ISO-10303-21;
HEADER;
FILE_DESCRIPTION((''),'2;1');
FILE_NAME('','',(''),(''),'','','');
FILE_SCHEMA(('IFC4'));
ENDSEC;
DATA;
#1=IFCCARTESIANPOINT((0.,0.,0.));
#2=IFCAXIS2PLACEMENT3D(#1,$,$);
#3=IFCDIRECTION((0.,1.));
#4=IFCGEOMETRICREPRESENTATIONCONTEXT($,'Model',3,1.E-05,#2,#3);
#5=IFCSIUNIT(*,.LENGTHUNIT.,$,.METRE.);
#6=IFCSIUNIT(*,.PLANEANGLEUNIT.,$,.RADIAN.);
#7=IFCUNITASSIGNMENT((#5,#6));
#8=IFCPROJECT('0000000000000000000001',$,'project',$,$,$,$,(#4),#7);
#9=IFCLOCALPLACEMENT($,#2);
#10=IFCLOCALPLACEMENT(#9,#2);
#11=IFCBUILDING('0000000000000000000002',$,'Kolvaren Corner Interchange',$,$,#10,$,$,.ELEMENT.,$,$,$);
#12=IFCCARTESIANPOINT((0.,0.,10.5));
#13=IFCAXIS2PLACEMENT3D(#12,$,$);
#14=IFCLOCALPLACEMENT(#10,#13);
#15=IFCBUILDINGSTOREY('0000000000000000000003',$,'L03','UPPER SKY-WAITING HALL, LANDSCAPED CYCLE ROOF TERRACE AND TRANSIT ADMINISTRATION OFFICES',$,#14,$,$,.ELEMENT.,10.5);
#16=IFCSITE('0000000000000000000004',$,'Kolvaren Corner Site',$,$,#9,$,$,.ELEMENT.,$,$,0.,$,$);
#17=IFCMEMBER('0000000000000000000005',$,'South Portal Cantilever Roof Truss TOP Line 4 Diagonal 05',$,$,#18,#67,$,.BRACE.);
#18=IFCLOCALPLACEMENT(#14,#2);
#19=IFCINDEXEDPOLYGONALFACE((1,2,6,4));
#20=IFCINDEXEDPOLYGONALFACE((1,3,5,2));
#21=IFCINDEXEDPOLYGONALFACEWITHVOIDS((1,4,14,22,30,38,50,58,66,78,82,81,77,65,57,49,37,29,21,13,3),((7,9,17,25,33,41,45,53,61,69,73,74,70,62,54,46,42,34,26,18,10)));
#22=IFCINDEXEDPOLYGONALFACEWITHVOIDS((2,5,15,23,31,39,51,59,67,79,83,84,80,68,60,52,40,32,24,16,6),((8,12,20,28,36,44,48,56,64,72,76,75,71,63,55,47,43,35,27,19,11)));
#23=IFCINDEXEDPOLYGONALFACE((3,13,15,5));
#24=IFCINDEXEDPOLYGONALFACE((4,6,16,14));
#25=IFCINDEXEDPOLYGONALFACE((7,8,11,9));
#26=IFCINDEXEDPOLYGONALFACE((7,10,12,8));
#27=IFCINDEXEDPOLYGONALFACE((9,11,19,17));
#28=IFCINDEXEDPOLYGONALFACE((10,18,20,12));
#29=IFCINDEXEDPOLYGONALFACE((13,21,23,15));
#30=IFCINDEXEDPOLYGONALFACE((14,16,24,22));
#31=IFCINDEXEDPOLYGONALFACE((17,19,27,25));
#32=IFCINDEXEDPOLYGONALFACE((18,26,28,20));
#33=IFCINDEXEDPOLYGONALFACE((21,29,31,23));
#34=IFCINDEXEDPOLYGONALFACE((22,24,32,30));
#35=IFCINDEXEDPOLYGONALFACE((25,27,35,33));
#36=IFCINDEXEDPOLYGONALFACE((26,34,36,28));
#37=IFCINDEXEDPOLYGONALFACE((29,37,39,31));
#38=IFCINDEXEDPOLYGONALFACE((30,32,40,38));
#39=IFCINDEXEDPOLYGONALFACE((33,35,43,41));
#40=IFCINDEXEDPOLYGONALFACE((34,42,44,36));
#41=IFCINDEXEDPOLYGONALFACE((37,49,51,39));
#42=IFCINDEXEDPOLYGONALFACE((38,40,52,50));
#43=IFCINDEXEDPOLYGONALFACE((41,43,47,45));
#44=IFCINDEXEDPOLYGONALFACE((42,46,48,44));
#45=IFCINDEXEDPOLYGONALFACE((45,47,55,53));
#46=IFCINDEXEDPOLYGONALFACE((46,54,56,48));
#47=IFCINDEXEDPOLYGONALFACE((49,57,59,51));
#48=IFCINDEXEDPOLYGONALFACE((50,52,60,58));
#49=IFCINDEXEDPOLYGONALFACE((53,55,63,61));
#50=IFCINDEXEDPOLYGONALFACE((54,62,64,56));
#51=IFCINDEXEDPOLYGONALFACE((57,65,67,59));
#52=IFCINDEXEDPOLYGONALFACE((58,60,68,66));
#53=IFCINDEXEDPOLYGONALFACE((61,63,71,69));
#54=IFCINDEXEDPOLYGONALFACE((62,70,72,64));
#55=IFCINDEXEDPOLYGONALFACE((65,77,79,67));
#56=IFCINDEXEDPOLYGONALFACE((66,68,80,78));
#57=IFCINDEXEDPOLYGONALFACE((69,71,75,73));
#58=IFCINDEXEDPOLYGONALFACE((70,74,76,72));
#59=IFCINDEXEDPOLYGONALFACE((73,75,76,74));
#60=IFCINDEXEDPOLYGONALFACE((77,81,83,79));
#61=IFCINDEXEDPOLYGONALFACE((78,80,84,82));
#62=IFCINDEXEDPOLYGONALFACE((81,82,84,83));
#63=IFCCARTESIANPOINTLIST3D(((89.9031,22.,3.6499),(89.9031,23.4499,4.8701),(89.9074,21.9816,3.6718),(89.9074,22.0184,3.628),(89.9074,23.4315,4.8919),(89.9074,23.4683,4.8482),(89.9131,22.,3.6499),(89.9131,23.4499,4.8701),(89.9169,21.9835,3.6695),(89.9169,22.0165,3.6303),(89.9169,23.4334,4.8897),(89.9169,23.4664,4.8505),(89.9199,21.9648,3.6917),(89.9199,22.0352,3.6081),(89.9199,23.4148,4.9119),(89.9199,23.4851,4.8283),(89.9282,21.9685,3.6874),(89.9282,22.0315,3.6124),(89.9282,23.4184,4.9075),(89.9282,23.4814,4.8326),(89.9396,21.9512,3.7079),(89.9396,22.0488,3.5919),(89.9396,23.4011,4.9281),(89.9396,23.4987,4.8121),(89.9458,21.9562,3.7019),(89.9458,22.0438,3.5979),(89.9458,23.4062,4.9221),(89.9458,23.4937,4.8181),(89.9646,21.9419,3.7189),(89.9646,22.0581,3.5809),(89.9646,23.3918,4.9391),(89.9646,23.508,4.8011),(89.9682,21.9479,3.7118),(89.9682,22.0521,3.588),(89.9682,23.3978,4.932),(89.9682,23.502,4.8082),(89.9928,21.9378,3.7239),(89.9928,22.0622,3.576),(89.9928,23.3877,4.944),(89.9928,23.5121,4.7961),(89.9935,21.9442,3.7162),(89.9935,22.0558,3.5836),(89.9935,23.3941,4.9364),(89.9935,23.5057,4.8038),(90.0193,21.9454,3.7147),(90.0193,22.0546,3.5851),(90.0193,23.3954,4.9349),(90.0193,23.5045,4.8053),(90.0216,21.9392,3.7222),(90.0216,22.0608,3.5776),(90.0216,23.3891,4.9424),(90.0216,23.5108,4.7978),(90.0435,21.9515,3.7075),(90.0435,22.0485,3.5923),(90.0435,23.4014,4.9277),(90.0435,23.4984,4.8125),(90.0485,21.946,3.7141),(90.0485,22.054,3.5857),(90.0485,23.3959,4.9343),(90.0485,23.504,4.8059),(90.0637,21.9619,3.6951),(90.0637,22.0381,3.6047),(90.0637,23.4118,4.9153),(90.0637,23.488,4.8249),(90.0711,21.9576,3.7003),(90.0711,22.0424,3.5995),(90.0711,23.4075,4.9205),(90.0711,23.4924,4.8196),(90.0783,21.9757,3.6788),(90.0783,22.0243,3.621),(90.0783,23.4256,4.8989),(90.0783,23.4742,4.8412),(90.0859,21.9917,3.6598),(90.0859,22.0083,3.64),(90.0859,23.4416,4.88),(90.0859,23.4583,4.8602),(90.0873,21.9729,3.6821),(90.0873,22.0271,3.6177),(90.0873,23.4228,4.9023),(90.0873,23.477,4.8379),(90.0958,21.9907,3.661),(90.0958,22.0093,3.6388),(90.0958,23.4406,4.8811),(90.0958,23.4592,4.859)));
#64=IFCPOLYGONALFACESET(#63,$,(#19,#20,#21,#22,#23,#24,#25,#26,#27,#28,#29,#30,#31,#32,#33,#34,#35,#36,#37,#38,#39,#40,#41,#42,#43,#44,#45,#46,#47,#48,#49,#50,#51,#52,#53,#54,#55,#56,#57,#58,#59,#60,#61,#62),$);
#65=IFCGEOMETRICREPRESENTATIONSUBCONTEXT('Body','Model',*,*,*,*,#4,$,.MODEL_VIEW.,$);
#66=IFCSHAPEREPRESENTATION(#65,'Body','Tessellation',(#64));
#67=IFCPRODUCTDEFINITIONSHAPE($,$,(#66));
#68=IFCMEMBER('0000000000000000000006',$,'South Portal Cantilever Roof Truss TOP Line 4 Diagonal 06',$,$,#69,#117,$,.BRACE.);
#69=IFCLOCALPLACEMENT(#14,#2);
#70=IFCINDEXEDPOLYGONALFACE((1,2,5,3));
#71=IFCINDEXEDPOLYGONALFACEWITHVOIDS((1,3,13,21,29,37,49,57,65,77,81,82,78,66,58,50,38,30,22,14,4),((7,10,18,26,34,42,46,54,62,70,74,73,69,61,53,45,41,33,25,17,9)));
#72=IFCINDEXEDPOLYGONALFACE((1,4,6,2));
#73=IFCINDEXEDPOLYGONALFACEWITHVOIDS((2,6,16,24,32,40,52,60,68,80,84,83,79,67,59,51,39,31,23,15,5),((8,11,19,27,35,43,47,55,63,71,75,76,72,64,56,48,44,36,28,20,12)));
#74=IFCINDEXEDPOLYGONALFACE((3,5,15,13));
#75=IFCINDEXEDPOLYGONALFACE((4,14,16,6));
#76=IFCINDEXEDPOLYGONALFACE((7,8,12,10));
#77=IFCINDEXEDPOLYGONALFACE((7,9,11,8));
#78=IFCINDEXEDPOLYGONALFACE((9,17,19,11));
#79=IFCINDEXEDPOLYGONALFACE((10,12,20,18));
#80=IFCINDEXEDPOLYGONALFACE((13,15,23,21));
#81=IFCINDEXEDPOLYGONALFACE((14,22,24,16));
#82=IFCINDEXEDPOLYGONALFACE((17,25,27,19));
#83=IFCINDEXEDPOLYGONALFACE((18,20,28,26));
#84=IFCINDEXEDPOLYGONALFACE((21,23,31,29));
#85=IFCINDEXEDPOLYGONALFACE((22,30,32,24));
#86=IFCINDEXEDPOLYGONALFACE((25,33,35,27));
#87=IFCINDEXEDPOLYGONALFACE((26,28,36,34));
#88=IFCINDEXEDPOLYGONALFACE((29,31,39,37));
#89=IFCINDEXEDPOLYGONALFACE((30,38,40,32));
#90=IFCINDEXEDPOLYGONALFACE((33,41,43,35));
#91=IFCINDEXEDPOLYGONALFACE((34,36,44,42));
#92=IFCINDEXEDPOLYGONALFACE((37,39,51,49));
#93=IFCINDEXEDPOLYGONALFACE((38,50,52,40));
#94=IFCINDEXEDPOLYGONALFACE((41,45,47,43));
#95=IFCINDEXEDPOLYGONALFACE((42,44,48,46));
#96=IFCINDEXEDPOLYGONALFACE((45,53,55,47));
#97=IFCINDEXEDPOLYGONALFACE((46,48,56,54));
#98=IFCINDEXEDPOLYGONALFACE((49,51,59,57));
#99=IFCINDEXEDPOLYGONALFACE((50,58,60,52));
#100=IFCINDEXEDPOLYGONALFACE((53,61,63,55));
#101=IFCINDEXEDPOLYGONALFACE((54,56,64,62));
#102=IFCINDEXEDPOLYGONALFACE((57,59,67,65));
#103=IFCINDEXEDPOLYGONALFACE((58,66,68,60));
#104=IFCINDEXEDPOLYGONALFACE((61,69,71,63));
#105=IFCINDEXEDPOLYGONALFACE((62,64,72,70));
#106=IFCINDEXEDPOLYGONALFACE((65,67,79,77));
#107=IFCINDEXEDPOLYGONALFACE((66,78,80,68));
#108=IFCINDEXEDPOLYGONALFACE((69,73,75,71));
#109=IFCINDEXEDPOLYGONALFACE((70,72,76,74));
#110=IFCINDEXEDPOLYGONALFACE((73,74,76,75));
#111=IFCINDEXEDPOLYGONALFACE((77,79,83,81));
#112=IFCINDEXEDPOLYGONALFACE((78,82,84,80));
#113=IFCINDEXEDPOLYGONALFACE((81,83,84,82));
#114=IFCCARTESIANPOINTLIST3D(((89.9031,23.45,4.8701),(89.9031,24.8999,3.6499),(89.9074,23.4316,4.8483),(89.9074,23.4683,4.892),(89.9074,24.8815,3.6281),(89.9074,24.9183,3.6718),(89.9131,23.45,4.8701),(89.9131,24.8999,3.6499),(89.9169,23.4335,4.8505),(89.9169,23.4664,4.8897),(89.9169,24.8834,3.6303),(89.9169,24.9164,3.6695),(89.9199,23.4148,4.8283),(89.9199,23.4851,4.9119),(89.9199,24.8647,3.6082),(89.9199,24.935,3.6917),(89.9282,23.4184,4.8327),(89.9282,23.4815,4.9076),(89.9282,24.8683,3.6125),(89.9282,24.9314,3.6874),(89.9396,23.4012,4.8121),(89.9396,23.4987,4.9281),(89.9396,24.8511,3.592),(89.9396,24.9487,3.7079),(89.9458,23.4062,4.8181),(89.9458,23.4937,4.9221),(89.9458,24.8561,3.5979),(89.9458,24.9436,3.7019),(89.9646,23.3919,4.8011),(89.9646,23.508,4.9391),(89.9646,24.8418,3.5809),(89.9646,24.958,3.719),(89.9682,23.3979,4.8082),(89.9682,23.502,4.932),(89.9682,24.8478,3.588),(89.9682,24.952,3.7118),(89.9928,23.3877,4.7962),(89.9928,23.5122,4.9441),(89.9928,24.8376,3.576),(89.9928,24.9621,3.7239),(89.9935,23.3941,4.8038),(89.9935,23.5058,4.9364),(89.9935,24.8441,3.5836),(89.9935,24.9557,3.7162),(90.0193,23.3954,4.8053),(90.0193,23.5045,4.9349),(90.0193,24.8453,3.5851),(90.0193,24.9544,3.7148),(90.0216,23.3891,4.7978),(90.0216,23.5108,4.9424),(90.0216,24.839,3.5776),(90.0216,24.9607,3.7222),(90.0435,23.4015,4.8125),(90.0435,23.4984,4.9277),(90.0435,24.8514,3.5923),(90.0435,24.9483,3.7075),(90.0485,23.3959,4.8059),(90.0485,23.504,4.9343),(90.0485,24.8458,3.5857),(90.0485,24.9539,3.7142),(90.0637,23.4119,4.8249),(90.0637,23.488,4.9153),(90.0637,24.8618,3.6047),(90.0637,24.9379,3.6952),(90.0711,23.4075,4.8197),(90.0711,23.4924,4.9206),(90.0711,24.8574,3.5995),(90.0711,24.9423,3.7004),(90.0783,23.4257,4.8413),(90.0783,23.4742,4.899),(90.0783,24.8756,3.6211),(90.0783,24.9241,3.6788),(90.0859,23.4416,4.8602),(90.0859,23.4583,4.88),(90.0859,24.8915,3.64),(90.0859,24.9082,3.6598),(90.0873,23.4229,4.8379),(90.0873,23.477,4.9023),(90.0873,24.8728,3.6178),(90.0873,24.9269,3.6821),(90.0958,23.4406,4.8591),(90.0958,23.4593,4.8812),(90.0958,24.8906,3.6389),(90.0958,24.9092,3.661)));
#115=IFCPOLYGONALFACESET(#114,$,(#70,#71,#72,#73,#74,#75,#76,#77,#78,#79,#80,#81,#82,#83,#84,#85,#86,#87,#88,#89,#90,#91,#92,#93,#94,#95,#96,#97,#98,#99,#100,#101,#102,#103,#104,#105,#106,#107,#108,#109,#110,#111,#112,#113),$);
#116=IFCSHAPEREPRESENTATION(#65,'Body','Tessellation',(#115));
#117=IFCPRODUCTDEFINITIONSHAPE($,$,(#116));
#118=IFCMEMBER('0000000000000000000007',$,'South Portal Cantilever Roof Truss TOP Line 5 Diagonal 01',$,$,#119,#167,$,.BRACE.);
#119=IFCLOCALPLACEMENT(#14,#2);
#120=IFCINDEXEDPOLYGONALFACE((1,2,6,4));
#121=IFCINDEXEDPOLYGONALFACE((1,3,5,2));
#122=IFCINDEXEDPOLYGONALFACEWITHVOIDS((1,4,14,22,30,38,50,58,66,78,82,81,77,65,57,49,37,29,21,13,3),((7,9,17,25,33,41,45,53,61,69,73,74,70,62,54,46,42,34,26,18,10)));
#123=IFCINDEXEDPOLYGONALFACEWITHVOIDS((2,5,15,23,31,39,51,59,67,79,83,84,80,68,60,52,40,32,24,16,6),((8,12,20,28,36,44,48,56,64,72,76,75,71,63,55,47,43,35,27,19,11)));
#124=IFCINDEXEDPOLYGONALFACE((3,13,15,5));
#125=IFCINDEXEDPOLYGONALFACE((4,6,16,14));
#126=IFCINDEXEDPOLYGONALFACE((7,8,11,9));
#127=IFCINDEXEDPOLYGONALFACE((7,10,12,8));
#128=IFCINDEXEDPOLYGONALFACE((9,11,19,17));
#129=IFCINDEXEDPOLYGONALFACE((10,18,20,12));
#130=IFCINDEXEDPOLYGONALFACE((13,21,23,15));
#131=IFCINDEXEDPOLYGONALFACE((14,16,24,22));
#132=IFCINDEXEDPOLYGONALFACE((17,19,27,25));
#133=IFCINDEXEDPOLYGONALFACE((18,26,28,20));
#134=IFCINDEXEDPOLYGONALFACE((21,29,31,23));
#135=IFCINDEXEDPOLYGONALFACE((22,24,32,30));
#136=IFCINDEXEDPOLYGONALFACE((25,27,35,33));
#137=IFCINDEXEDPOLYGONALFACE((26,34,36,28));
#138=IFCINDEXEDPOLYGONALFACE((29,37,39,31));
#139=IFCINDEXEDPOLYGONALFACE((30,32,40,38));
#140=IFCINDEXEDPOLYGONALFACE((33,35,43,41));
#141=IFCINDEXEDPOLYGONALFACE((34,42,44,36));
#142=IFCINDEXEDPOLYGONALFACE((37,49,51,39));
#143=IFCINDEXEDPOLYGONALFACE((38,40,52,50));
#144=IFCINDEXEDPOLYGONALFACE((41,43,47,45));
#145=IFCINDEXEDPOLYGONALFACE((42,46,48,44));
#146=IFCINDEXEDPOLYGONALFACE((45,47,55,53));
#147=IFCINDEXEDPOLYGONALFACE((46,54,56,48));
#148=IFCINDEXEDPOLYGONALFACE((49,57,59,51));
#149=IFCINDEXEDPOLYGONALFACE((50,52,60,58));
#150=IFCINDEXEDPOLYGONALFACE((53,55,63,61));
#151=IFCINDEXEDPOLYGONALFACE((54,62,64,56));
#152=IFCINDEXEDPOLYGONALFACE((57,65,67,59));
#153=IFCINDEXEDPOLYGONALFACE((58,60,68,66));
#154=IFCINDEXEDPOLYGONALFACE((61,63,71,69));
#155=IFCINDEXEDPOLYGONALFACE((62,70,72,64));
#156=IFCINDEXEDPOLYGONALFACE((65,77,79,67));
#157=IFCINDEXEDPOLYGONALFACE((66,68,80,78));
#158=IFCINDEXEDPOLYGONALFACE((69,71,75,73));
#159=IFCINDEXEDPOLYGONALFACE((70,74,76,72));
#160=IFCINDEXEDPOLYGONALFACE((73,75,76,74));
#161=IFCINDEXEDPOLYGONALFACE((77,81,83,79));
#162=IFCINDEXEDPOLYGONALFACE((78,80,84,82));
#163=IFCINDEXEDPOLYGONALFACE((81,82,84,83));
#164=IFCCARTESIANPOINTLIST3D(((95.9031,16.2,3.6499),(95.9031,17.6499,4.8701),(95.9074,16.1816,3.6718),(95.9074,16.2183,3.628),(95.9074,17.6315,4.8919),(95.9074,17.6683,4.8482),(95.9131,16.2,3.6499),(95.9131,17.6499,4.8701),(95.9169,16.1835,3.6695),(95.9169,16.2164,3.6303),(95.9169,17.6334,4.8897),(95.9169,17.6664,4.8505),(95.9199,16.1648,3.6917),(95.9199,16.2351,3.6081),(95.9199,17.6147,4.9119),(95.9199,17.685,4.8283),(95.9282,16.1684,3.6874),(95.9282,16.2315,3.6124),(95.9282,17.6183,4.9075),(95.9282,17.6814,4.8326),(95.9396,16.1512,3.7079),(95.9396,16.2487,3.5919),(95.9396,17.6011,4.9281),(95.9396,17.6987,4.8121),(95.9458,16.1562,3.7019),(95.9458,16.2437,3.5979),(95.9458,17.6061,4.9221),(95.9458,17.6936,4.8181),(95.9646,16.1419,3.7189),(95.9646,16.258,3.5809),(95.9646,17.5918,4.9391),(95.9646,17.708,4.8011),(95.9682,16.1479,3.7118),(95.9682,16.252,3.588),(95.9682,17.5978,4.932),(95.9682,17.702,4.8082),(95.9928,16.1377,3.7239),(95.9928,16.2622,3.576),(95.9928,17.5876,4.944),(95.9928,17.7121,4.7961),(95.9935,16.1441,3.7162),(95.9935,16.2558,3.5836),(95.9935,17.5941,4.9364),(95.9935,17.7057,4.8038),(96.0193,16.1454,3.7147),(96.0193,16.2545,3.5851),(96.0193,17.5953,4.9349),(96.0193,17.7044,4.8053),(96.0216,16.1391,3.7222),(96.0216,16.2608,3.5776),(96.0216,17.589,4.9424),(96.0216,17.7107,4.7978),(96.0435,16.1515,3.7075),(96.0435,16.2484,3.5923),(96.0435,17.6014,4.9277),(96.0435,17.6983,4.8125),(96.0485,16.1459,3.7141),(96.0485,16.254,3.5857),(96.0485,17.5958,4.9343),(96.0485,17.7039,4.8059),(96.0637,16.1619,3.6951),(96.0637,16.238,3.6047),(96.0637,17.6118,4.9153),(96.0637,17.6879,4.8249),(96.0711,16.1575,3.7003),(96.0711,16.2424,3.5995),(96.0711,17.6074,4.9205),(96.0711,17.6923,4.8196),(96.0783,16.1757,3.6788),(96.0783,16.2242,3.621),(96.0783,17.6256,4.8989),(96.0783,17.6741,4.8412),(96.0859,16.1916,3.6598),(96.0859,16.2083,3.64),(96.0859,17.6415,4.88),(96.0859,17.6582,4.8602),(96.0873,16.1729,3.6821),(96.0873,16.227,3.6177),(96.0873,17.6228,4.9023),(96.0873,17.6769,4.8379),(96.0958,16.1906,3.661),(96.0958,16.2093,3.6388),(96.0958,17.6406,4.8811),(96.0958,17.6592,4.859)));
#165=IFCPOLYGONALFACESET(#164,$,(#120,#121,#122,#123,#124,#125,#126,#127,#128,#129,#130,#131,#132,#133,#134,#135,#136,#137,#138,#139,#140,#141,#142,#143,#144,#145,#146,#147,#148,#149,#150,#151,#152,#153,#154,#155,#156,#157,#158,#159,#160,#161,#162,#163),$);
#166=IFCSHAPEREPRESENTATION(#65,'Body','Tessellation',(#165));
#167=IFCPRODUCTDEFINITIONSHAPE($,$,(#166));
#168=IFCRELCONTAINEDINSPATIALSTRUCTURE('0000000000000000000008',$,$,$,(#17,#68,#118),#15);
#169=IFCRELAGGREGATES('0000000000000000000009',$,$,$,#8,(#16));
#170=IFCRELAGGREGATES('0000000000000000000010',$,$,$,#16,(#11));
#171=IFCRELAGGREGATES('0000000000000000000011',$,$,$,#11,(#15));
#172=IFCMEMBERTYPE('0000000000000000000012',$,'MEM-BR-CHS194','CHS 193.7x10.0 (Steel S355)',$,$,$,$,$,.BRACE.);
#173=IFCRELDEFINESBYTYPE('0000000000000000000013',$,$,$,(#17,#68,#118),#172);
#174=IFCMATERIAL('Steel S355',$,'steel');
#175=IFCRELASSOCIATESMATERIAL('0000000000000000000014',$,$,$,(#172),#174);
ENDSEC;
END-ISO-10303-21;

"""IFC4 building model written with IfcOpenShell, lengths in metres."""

from ifc_helpers import new_model, si_unit, direction, frame, origin, origin_2d, place, context, subcontext, project, spatial, hollow_circle, extrude, material, material_profile, profile_set, type_object, element, save


model = new_model("IFC4")

# Units and contexts
model_context = context("Model", 3, precision=1e-05, world=origin(), true_north=direction((0.0, 1.0)))
body_context = subcontext(model_context, "Body", "Model", "MODEL_VIEW")
ifc_project = project(units=[si_unit("LENGTHUNIT", "METRE"), si_unit("PLANEANGLEUNIT", "RADIAN")], contexts=[model_context])

# Site, building, storey
site_placement = place(None, origin())
site = spatial("IfcSite", under=ifc_project, at=site_placement, Name="Kolvaren Corner Site", CompositionType="ELEMENT", RefElevation=0.0)
building_placement = place(site_placement, origin())
building = spatial("IfcBuilding", under=site, at=building_placement, Name="Kolvaren Corner Interchange", CompositionType="ELEMENT")
storey_placement = place(building_placement, frame((0.0, 0.0, 10.5)))
storey = spatial("IfcBuildingStorey", under=building, at=storey_placement, Name="L03", Description="UPPER SKY-WAITING HALL, LANDSCAPED CYCLE ROOF TERRACE AND TRANSIT ADMINISTRATION OFFICES", CompositionType="ELEMENT", Elevation=10.5)

# Members
ifc_material_1 = material(Name="Steel S355", Category="steel")
ifc_material_profile_1 = material_profile(ifc_material_1, hollow_circle(Radius=0.0969, WallThickness=0.01, at=origin_2d()), Name="CHS 193.7x10.0")
ifc_profile_set_1 = profile_set([ifc_material_profile_1], Name="Steel S355")
member_type_1 = type_object("IfcMemberType", Name="MEM-BR-CHS194", Description="CHS 193.7x10.0 (Steel S355)", PredefinedType="BRACE", material=ifc_profile_set_1)
for number, where, z_axis, x_axis, name in (
    (1, (90.0, 22.0, 3.6499), (0.0, 0.765118, 0.64389), (-1.0, 0.0, 0.0), "South Portal Cantilever Roof Truss TOP Line 4 Diagonal 05"),
    (2, (90.0, 23.45, 4.8701), (0.0, 0.765118, -0.64389), (-1.0, 0.0, 0.0), "South Portal Cantilever Roof Truss TOP Line 4 Diagonal 06"),
    (3, (96.0, 16.2, 3.6499), (0.0, 0.765118, 0.64389), (-1.0, 0.0, 0.0), "South Portal Cantilever Roof Truss TOP Line 5 Diagonal 01"),
):
    element("IfcMember", number, at=place(storey_placement, frame(where, z_axis=z_axis, x_axis=x_axis)), inside=storey, type_object=member_type_1, Name=name, PredefinedType="BRACE", context=body_context, shape_type="SweptSolid", body=[
        extrude(hollow_circle(Radius=0.0969, WallThickness=0.01, at=origin_2d()), origin(), (0.0, 0.0, 1.0), 1.895),
    ])

save(model, "model.ifc")
